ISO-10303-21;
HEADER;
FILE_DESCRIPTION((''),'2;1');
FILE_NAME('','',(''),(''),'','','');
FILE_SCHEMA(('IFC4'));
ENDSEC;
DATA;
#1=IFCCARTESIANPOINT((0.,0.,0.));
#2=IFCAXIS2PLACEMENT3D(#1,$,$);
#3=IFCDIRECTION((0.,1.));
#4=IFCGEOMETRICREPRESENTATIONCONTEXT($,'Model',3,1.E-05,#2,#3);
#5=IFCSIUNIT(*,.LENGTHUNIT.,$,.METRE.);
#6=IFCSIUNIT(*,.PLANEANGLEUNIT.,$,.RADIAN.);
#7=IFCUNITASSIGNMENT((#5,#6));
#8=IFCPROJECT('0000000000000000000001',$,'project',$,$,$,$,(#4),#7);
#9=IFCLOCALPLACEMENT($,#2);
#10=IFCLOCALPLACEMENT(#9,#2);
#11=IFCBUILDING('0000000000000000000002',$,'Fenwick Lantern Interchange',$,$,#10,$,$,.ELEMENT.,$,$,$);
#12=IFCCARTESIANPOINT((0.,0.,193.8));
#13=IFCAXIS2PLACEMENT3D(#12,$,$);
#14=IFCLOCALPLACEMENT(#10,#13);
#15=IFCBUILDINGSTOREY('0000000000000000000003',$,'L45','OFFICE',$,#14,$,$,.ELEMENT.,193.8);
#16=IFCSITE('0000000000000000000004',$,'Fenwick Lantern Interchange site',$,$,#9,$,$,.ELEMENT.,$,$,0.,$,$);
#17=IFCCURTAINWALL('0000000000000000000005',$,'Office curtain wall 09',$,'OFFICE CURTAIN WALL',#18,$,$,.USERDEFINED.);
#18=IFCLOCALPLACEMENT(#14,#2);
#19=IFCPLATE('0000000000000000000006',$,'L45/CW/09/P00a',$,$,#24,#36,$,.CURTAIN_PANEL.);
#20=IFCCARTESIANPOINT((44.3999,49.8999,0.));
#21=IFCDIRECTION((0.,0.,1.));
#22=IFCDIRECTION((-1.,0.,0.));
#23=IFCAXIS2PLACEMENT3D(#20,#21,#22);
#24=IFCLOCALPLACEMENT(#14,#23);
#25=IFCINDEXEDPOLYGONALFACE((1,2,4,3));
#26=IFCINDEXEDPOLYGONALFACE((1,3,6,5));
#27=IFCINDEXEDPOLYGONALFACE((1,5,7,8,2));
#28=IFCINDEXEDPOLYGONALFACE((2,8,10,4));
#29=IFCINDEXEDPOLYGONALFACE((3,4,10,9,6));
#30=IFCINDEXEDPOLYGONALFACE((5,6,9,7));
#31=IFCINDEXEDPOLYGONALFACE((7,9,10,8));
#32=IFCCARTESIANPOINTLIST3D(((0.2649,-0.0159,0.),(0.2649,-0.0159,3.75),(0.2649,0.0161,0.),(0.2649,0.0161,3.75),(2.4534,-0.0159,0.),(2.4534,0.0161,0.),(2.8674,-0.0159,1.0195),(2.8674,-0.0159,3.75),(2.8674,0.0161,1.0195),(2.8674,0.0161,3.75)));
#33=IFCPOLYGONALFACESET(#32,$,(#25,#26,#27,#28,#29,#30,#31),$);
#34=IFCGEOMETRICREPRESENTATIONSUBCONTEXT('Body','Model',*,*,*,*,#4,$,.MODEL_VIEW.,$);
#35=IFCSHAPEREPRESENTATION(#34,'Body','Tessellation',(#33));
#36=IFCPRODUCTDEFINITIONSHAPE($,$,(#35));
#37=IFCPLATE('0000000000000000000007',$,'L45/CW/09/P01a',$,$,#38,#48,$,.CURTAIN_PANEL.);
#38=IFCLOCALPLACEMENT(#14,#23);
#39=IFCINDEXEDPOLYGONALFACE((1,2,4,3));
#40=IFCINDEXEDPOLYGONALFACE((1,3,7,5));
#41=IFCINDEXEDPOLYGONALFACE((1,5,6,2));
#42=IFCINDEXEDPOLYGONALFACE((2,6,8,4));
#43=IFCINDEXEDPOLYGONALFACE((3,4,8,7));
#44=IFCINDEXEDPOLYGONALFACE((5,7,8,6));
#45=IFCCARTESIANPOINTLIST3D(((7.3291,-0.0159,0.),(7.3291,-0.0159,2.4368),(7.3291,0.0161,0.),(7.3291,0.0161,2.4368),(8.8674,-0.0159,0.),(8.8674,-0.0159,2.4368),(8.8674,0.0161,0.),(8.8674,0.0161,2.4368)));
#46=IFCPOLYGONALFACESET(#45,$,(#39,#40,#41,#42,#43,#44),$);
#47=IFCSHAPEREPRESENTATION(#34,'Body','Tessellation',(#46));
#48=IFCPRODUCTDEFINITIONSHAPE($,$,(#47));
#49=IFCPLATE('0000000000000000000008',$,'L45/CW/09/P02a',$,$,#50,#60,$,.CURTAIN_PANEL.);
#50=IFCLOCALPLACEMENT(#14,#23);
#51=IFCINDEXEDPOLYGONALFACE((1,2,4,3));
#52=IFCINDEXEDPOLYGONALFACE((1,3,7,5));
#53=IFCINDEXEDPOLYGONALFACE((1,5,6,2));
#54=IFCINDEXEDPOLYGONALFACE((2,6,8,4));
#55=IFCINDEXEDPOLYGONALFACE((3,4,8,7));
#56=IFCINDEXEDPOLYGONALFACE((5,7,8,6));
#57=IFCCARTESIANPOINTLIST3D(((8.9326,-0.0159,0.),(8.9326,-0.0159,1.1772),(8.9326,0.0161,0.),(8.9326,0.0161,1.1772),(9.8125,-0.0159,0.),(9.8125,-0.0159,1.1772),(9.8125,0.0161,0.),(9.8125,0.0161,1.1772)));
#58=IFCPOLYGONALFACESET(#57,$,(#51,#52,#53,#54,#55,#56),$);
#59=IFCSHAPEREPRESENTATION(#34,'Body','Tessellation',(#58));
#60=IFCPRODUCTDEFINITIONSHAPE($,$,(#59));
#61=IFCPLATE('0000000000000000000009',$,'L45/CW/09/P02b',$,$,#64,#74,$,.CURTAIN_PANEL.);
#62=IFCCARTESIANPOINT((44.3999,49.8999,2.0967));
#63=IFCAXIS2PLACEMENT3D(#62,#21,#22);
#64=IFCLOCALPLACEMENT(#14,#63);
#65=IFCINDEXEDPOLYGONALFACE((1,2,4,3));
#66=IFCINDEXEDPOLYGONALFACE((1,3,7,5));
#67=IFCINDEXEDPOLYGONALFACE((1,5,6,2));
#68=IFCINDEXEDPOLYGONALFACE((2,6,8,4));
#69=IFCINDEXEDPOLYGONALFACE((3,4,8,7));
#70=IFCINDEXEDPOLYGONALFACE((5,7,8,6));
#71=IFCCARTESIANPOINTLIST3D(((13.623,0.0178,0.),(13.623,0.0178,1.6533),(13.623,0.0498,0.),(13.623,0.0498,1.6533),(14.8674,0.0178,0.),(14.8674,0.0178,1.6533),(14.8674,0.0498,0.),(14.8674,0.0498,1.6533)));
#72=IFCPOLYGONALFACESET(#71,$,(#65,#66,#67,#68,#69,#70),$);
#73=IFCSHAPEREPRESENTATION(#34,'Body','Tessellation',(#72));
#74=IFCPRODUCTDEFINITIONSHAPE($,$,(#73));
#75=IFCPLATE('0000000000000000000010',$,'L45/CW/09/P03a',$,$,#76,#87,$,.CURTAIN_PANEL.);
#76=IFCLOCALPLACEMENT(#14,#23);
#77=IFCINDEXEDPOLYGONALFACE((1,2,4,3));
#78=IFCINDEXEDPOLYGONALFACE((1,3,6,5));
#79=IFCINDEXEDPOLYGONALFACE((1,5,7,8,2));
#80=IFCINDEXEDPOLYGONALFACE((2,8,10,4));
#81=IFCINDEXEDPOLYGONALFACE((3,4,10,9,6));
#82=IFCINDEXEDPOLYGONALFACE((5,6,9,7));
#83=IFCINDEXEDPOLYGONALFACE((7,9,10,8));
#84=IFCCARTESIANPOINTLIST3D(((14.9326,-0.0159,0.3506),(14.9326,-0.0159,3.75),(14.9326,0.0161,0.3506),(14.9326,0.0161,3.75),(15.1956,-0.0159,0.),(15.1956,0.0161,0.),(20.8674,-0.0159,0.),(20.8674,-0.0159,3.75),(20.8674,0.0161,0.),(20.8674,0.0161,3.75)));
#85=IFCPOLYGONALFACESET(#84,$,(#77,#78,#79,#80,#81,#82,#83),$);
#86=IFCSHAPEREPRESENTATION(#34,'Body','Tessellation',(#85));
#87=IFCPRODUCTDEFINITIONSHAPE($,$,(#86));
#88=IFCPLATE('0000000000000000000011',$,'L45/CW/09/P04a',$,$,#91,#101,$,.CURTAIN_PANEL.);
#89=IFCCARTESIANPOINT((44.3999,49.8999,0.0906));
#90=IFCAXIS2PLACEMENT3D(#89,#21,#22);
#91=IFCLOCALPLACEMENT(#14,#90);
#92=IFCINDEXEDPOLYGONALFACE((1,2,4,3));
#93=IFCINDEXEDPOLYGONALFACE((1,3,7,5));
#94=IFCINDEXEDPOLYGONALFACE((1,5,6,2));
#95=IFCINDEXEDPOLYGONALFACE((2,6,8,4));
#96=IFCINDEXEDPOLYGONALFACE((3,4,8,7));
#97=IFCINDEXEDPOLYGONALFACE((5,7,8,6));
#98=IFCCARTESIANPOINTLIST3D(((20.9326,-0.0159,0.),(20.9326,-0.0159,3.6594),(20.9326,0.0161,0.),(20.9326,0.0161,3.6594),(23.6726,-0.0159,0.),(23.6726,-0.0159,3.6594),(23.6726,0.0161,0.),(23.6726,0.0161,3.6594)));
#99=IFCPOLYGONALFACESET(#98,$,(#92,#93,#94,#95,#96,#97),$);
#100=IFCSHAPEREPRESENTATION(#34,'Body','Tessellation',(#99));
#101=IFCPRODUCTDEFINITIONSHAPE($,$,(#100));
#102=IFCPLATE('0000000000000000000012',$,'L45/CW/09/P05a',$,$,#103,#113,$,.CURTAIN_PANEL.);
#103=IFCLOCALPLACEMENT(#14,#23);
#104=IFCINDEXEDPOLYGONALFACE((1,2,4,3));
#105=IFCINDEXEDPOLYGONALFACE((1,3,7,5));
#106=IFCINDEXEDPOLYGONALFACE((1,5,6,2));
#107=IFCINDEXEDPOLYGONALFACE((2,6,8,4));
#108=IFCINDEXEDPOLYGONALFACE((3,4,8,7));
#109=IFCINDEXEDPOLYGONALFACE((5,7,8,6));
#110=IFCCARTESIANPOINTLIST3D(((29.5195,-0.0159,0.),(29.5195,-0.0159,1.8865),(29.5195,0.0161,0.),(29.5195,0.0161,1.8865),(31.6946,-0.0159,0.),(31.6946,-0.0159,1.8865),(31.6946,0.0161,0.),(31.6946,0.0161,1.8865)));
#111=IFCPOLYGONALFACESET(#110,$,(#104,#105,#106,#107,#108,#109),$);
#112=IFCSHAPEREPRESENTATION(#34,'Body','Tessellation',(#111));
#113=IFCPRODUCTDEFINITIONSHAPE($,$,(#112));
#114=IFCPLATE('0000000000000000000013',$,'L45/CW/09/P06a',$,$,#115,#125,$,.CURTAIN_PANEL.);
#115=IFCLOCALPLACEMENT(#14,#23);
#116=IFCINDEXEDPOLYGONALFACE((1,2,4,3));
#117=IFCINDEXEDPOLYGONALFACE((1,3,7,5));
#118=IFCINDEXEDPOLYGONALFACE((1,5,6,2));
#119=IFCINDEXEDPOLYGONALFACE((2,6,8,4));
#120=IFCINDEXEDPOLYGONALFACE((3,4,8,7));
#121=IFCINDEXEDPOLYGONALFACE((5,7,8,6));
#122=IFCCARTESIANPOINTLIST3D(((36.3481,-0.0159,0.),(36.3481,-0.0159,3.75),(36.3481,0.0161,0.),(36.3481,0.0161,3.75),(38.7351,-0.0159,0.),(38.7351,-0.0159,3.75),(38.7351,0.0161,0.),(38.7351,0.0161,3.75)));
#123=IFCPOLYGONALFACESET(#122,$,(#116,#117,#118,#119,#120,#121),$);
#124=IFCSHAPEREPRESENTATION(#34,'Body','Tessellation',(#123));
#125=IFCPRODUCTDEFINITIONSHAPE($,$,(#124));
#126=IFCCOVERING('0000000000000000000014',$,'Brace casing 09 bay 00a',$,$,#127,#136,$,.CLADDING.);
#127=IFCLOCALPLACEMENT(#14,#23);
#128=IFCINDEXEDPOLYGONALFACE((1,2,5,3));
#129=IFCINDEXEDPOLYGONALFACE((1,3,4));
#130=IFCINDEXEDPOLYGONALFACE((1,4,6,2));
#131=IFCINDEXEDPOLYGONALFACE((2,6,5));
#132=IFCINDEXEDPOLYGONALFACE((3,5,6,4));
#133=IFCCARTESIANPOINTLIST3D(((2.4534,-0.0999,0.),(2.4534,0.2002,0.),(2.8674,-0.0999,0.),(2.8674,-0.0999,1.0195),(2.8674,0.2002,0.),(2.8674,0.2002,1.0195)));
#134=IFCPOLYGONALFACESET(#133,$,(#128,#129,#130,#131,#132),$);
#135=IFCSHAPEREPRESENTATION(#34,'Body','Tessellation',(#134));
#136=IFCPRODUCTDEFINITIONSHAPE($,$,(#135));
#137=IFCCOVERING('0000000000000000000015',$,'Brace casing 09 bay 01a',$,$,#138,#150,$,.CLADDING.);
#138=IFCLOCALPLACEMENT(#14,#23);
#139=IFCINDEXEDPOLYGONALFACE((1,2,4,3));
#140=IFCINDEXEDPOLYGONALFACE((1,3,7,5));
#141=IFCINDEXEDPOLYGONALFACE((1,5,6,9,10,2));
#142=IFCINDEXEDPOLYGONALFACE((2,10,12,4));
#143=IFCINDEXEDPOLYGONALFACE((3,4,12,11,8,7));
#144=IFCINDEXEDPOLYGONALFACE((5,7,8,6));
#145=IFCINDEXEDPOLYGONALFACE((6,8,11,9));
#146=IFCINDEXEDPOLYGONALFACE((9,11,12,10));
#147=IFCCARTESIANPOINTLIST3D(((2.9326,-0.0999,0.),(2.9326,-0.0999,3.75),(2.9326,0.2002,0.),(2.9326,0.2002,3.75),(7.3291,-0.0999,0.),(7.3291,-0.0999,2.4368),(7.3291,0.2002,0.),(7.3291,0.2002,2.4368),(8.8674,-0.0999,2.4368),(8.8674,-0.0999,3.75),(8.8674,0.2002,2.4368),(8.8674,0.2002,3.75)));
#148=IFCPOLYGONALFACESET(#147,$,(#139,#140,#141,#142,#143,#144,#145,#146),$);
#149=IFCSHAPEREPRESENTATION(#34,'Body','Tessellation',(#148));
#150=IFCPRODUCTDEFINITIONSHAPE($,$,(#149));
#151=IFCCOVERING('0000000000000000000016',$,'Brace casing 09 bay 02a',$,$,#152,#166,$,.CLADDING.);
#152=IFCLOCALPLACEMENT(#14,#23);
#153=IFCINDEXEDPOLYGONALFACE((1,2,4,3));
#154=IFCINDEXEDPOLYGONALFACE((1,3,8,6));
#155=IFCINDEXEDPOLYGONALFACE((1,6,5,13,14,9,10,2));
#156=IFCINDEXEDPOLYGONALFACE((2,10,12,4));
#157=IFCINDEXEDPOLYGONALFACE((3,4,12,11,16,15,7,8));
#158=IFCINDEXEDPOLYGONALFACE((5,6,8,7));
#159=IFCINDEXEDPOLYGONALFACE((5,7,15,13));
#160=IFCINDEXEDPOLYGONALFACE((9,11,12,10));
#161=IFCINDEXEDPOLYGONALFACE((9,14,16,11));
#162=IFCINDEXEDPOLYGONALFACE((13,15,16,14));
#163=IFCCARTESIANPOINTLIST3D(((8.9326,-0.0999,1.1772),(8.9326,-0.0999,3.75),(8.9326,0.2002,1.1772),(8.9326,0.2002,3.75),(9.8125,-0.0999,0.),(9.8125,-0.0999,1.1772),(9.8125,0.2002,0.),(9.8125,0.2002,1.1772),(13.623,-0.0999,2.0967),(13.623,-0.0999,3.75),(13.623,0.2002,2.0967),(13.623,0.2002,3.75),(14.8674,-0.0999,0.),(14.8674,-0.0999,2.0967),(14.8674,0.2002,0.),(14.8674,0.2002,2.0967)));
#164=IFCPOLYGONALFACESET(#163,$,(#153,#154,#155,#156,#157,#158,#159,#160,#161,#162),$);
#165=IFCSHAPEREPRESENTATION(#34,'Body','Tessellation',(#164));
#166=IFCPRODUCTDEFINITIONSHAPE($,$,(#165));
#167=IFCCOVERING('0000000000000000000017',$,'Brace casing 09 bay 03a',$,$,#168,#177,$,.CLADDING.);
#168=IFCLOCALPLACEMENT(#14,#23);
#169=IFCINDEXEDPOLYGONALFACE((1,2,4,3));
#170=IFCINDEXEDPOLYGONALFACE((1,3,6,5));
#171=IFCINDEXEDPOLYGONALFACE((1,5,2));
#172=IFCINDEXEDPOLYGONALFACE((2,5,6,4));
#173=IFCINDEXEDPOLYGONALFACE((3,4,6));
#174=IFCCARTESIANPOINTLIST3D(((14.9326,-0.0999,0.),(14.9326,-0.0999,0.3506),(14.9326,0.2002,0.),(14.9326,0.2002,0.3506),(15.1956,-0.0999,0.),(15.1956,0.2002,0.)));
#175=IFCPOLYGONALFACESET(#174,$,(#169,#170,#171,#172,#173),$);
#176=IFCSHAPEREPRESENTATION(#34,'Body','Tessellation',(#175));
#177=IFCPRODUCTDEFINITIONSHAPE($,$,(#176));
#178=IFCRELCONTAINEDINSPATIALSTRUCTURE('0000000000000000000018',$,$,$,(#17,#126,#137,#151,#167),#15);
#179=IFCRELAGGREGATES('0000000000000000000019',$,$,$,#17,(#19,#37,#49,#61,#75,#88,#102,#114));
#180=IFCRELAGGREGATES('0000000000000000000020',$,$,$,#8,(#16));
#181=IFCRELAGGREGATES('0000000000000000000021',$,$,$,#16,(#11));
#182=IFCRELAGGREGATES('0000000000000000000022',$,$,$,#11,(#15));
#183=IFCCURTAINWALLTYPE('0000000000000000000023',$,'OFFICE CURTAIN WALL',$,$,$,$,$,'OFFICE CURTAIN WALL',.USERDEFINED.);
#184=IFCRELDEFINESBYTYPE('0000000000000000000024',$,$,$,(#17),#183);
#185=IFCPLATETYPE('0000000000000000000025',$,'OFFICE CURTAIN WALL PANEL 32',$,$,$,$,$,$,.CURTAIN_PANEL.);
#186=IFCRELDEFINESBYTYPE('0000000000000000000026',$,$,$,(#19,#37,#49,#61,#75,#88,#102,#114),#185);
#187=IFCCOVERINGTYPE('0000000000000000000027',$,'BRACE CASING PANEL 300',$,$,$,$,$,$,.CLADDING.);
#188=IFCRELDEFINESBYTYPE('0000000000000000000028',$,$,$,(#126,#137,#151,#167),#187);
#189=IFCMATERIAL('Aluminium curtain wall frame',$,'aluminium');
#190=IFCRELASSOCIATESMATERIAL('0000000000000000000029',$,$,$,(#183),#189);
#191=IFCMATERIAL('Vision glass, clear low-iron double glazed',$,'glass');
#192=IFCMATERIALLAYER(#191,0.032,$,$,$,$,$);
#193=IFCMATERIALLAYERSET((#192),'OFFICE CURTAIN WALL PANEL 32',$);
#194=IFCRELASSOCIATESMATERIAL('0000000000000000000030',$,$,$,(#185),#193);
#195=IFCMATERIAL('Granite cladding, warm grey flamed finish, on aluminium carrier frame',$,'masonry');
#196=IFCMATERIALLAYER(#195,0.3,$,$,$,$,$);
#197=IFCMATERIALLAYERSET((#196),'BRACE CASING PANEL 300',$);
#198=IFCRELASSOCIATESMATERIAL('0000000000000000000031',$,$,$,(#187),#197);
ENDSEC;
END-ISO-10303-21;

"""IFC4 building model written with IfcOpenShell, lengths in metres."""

from ifc_helpers import new_model, si_unit, direction, frame, origin, place, context, subcontext, project, spatial, polyline, outline, extrude, material, layer, layer_set, type_object, element, aggregate, save


model = new_model("IFC4")

# Units and contexts
model_context = context("Model", 3, precision=1e-05, world=origin(), true_north=direction((0.0, 1.0)))
body_context = subcontext(model_context, "Body", "Model", "MODEL_VIEW")
ifc_project = project(units=[si_unit("LENGTHUNIT", "METRE"), si_unit("PLANEANGLEUNIT", "RADIAN")], contexts=[model_context])

# Site, building, storey
site_placement = place(None, origin())
site = spatial("IfcSite", under=ifc_project, at=site_placement, Name="Fenwick Lantern Interchange site", CompositionType="ELEMENT", RefElevation=0.0)
building_placement = place(site_placement, origin())
building = spatial("IfcBuilding", under=site, at=building_placement, Name="Fenwick Lantern Interchange", CompositionType="ELEMENT")
storey_placement = place(building_placement, frame((0.0, 0.0, 193.8)))
storey = spatial("IfcBuildingStorey", under=building, at=storey_placement, Name="L45", Description="OFFICE", CompositionType="ELEMENT", Elevation=193.8)

# Shared definitions
ifc_material_1 = material(Name="Aluminium curtain wall frame", Category="aluminium")
curtain_wall_type = type_object("IfcCurtainWallType", Name="OFFICE CURTAIN WALL", ElementType="OFFICE CURTAIN WALL", PredefinedType="USERDEFINED", material=ifc_material_1)

# Curtain wall
curtain_wall_1_placement = place(storey_placement, origin())
curtain_wall_1 = element("IfcCurtainWall", 1, at=curtain_wall_1_placement, inside=storey, type_object=curtain_wall_type, Name="Office curtain wall 09", ObjectType="OFFICE CURTAIN WALL", PredefinedType="USERDEFINED")

# Plates
ifc_material_2 = material(Name="Vision glass, clear low-iron double glazed", Category="glass")
ifc_layer_1 = layer(ifc_material_2, 0.032)
ifc_layer_set_1 = layer_set([ifc_layer_1], Name="OFFICE CURTAIN WALL PANEL 32")
plate_type = type_object("IfcPlateType", Name="OFFICE CURTAIN WALL PANEL 32", PredefinedType="CURTAIN_PANEL", material=ifc_layer_set_1)
plate_1_placement = place(storey_placement, frame((44.3999, 49.8999, 0.0), z_axis=(0.0, 0.0, 1.0), x_axis=(-1.0, 0.0, 0.0)))
plate_1 = element("IfcPlate", 2, at=plate_1_placement, type_object=plate_type, Name="L45/CW/09/P00a", PredefinedType="CURTAIN_PANEL", context=body_context, shape_type="SweptSolid", body=[
    extrude(outline(polyline([(0.2649, 0.0), (2.4534, 0.0), (2.8674, 1.0195), (2.8674, 3.75), (0.2649, 3.75), (0.2649, 0.0)])), frame((0.0, 0.0161, 0.0), z_axis=(0.0, -1.0, 0.0), x_axis=(1.0, 0.0, 0.0)), (0.0, 0.0, 1.0), 0.032),
])
plate_2_placement = place(storey_placement, frame((44.3999, 49.8999, 0.0), z_axis=(0.0, 0.0, 1.0), x_axis=(-1.0, 0.0, 0.0)))
plate_2 = element("IfcPlate", 3, at=plate_2_placement, type_object=plate_type, Name="L45/CW/09/P01a", PredefinedType="CURTAIN_PANEL", context=body_context, shape_type="SweptSolid", body=[
    extrude(outline(polyline([(7.3291, 0.0), (8.8674, 0.0), (8.8674, 2.4368), (7.3291, 2.4368), (7.3291, 0.0)])), frame((0.0, 0.0161, 0.0), z_axis=(0.0, -1.0, 0.0), x_axis=(1.0, 0.0, 0.0)), (0.0, 0.0, 1.0), 0.032),
])
plate_3_placement = place(storey_placement, frame((44.3999, 49.8999, 0.0), z_axis=(0.0, 0.0, 1.0), x_axis=(-1.0, 0.0, 0.0)))
plate_3 = element("IfcPlate", 4, at=plate_3_placement, type_object=plate_type, Name="L45/CW/09/P02a", PredefinedType="CURTAIN_PANEL", context=body_context, shape_type="SweptSolid", body=[
    extrude(outline(polyline([(8.9326, 0.0), (9.8125, 0.0), (9.8125, 1.1772), (8.9326, 1.1772), (8.9326, 0.0)])), frame((0.0, 0.0161, 0.0), z_axis=(0.0, -1.0, 0.0), x_axis=(1.0, 0.0, 0.0)), (0.0, 0.0, 1.0), 0.032),
])
plate_4_placement = place(storey_placement, frame((44.3999, 49.8999, 2.0967), z_axis=(0.0, 0.0, 1.0), x_axis=(-1.0, 0.0, 0.0)))
plate_4 = element("IfcPlate", 5, at=plate_4_placement, type_object=plate_type, Name="L45/CW/09/P02b", PredefinedType="CURTAIN_PANEL", context=body_context, shape_type="SweptSolid", body=[
    extrude(outline(polyline([(13.623, 0.0), (14.8674, 0.0), (14.8674, 1.6533), (13.623, 1.6533), (13.623, 0.0)])), frame((0.0, 0.0498, 0.0), z_axis=(0.0, -1.0, 0.0), x_axis=(1.0, 0.0, 0.0)), (0.0, 0.0, 1.0), 0.032),
])
plate_5_placement = place(storey_placement, frame((44.3999, 49.8999, 0.0), z_axis=(0.0, 0.0, 1.0), x_axis=(-1.0, 0.0, 0.0)))
plate_5 = element("IfcPlate", 6, at=plate_5_placement, type_object=plate_type, Name="L45/CW/09/P03a", PredefinedType="CURTAIN_PANEL", context=body_context, shape_type="SweptSolid", body=[
    extrude(outline(polyline([(15.1956, 0.0), (20.8674, 0.0), (20.8674, 3.75), (14.9326, 3.75), (14.9326, 0.3506), (15.1956, 0.0)])), frame((0.0, 0.0161, 0.0), z_axis=(0.0, -1.0, 0.0), x_axis=(1.0, 0.0, 0.0)), (0.0, 0.0, 1.0), 0.032),
])
plate_6_placement = place(storey_placement, frame((44.3999, 49.8999, 0.0906), z_axis=(0.0, 0.0, 1.0), x_axis=(-1.0, 0.0, 0.0)))
plate_6 = element("IfcPlate", 7, at=plate_6_placement, type_object=plate_type, Name="L45/CW/09/P04a", PredefinedType="CURTAIN_PANEL", context=body_context, shape_type="SweptSolid", body=[
    extrude(outline(polyline([(20.9326, 0.0), (23.6726, 0.0), (23.6726, 3.6594), (20.9326, 3.6594), (20.9326, 0.0)])), frame((0.0, 0.0161, 0.0), z_axis=(0.0, -1.0, 0.0), x_axis=(1.0, 0.0, 0.0)), (0.0, 0.0, 1.0), 0.032),
])
plate_7_placement = place(storey_placement, frame((44.3999, 49.8999, 0.0), z_axis=(0.0, 0.0, 1.0), x_axis=(-1.0, 0.0, 0.0)))
plate_7 = element("IfcPlate", 8, at=plate_7_placement, type_object=plate_type, Name="L45/CW/09/P05a", PredefinedType="CURTAIN_PANEL", context=body_context, shape_type="SweptSolid", body=[
    extrude(outline(polyline([(29.5195, 0.0), (31.6946, 0.0), (31.6946, 1.8865), (29.5195, 1.8865), (29.5195, 0.0)])), frame((0.0, 0.0161, 0.0), z_axis=(0.0, -1.0, 0.0), x_axis=(1.0, 0.0, 0.0)), (0.0, 0.0, 1.0), 0.032),
])
plate_8_placement = place(storey_placement, frame((44.3999, 49.8999, 0.0), z_axis=(0.0, 0.0, 1.0), x_axis=(-1.0, 0.0, 0.0)))
plate_8 = element("IfcPlate", 9, at=plate_8_placement, type_object=plate_type, Name="L45/CW/09/P06a", PredefinedType="CURTAIN_PANEL", context=body_context, shape_type="SweptSolid", body=[
    extrude(outline(polyline([(36.3481, 0.0), (38.7351, 0.0), (38.7351, 3.75), (36.3481, 3.75), (36.3481, 0.0)])), frame((0.0, 0.0161, 0.0), z_axis=(0.0, -1.0, 0.0), x_axis=(1.0, 0.0, 0.0)), (0.0, 0.0, 1.0), 0.032),
])
aggregate(curtain_wall_1, [plate_1, plate_2, plate_3, plate_4, plate_5, plate_6, plate_7, plate_8])

# Coverings
ifc_material_3 = material(Name="Granite cladding, warm grey flamed finish, on aluminium carrier frame", Category="masonry")
ifc_layer_2 = layer(ifc_material_3, 0.3)
ifc_layer_set_2 = layer_set([ifc_layer_2], Name="BRACE CASING PANEL 300")
covering_type = type_object("IfcCoveringType", Name="BRACE CASING PANEL 300", PredefinedType="CLADDING", material=ifc_layer_set_2)
covering_1_placement = place(storey_placement, frame((44.3999, 49.8999, 0.0), z_axis=(0.0, 0.0, 1.0), x_axis=(-1.0, 0.0, 0.0)))
element("IfcCovering", 10, at=covering_1_placement, inside=storey, type_object=covering_type, Name="Brace casing 09 bay 00a", PredefinedType="CLADDING", context=body_context, shape_type="SweptSolid", body=[
    extrude(outline(polyline([(2.4534, 0.0), (2.8674, 0.0), (2.8674, 1.0195), (2.4534, 0.0)])), frame((0.0, 0.2002, 0.0), z_axis=(0.0, -1.0, 0.0), x_axis=(1.0, 0.0, 0.0)), (0.0, 0.0, 1.0), 0.3),
])
covering_2_placement = place(storey_placement, frame((44.3999, 49.8999, 0.0), z_axis=(0.0, 0.0, 1.0), x_axis=(-1.0, 0.0, 0.0)))
element("IfcCovering", 11, at=covering_2_placement, inside=storey, type_object=covering_type, Name="Brace casing 09 bay 01a", PredefinedType="CLADDING", context=body_context, shape_type="SweptSolid", body=[
    extrude(outline(polyline([(2.9326, 0.0), (7.3291, 0.0), (7.3291, 2.4368), (8.8674, 2.4368), (8.8674, 3.75), (2.9326, 3.75), (2.9326, 0.0)])), frame((0.0, 0.2002, 0.0), z_axis=(0.0, -1.0, 0.0), x_axis=(1.0, 0.0, 0.0)), (0.0, 0.0, 1.0), 0.3),
])
covering_3_placement = place(storey_placement, frame((44.3999, 49.8999, 0.0), z_axis=(0.0, 0.0, 1.0), x_axis=(-1.0, 0.0, 0.0)))
element("IfcCovering", 12, at=covering_3_placement, inside=storey, type_object=covering_type, Name="Brace casing 09 bay 02a", PredefinedType="CLADDING", context=body_context, shape_type="SweptSolid", body=[
    extrude(outline(polyline([(9.8125, 0.0), (14.8674, 0.0), (14.8674, 2.0967), (13.623, 2.0967), (13.623, 3.75), (8.9326, 3.75), (8.9326, 1.1772), (9.8125, 1.1772), (9.8125, 0.0)])), frame((0.0, 0.2002, 0.0), z_axis=(0.0, -1.0, 0.0), x_axis=(1.0, 0.0, 0.0)), (0.0, 0.0, 1.0), 0.3),
])
covering_4_placement = place(storey_placement, frame((44.3999, 49.8999, 0.0), z_axis=(0.0, 0.0, 1.0), x_axis=(-1.0, 0.0, 0.0)))
element("IfcCovering", 13, at=covering_4_placement, inside=storey, type_object=covering_type, Name="Brace casing 09 bay 03a", PredefinedType="CLADDING", context=body_context, shape_type="SweptSolid", body=[
    extrude(outline(polyline([(14.9326, 0.0), (15.1956, 0.0), (14.9326, 0.3506), (14.9326, 0.0)])), frame((0.0, 0.2002, 0.0), z_axis=(0.0, -1.0, 0.0), x_axis=(1.0, 0.0, 0.0)), (0.0, 0.0, 1.0), 0.3),
])

save(model, "model.ifc")
